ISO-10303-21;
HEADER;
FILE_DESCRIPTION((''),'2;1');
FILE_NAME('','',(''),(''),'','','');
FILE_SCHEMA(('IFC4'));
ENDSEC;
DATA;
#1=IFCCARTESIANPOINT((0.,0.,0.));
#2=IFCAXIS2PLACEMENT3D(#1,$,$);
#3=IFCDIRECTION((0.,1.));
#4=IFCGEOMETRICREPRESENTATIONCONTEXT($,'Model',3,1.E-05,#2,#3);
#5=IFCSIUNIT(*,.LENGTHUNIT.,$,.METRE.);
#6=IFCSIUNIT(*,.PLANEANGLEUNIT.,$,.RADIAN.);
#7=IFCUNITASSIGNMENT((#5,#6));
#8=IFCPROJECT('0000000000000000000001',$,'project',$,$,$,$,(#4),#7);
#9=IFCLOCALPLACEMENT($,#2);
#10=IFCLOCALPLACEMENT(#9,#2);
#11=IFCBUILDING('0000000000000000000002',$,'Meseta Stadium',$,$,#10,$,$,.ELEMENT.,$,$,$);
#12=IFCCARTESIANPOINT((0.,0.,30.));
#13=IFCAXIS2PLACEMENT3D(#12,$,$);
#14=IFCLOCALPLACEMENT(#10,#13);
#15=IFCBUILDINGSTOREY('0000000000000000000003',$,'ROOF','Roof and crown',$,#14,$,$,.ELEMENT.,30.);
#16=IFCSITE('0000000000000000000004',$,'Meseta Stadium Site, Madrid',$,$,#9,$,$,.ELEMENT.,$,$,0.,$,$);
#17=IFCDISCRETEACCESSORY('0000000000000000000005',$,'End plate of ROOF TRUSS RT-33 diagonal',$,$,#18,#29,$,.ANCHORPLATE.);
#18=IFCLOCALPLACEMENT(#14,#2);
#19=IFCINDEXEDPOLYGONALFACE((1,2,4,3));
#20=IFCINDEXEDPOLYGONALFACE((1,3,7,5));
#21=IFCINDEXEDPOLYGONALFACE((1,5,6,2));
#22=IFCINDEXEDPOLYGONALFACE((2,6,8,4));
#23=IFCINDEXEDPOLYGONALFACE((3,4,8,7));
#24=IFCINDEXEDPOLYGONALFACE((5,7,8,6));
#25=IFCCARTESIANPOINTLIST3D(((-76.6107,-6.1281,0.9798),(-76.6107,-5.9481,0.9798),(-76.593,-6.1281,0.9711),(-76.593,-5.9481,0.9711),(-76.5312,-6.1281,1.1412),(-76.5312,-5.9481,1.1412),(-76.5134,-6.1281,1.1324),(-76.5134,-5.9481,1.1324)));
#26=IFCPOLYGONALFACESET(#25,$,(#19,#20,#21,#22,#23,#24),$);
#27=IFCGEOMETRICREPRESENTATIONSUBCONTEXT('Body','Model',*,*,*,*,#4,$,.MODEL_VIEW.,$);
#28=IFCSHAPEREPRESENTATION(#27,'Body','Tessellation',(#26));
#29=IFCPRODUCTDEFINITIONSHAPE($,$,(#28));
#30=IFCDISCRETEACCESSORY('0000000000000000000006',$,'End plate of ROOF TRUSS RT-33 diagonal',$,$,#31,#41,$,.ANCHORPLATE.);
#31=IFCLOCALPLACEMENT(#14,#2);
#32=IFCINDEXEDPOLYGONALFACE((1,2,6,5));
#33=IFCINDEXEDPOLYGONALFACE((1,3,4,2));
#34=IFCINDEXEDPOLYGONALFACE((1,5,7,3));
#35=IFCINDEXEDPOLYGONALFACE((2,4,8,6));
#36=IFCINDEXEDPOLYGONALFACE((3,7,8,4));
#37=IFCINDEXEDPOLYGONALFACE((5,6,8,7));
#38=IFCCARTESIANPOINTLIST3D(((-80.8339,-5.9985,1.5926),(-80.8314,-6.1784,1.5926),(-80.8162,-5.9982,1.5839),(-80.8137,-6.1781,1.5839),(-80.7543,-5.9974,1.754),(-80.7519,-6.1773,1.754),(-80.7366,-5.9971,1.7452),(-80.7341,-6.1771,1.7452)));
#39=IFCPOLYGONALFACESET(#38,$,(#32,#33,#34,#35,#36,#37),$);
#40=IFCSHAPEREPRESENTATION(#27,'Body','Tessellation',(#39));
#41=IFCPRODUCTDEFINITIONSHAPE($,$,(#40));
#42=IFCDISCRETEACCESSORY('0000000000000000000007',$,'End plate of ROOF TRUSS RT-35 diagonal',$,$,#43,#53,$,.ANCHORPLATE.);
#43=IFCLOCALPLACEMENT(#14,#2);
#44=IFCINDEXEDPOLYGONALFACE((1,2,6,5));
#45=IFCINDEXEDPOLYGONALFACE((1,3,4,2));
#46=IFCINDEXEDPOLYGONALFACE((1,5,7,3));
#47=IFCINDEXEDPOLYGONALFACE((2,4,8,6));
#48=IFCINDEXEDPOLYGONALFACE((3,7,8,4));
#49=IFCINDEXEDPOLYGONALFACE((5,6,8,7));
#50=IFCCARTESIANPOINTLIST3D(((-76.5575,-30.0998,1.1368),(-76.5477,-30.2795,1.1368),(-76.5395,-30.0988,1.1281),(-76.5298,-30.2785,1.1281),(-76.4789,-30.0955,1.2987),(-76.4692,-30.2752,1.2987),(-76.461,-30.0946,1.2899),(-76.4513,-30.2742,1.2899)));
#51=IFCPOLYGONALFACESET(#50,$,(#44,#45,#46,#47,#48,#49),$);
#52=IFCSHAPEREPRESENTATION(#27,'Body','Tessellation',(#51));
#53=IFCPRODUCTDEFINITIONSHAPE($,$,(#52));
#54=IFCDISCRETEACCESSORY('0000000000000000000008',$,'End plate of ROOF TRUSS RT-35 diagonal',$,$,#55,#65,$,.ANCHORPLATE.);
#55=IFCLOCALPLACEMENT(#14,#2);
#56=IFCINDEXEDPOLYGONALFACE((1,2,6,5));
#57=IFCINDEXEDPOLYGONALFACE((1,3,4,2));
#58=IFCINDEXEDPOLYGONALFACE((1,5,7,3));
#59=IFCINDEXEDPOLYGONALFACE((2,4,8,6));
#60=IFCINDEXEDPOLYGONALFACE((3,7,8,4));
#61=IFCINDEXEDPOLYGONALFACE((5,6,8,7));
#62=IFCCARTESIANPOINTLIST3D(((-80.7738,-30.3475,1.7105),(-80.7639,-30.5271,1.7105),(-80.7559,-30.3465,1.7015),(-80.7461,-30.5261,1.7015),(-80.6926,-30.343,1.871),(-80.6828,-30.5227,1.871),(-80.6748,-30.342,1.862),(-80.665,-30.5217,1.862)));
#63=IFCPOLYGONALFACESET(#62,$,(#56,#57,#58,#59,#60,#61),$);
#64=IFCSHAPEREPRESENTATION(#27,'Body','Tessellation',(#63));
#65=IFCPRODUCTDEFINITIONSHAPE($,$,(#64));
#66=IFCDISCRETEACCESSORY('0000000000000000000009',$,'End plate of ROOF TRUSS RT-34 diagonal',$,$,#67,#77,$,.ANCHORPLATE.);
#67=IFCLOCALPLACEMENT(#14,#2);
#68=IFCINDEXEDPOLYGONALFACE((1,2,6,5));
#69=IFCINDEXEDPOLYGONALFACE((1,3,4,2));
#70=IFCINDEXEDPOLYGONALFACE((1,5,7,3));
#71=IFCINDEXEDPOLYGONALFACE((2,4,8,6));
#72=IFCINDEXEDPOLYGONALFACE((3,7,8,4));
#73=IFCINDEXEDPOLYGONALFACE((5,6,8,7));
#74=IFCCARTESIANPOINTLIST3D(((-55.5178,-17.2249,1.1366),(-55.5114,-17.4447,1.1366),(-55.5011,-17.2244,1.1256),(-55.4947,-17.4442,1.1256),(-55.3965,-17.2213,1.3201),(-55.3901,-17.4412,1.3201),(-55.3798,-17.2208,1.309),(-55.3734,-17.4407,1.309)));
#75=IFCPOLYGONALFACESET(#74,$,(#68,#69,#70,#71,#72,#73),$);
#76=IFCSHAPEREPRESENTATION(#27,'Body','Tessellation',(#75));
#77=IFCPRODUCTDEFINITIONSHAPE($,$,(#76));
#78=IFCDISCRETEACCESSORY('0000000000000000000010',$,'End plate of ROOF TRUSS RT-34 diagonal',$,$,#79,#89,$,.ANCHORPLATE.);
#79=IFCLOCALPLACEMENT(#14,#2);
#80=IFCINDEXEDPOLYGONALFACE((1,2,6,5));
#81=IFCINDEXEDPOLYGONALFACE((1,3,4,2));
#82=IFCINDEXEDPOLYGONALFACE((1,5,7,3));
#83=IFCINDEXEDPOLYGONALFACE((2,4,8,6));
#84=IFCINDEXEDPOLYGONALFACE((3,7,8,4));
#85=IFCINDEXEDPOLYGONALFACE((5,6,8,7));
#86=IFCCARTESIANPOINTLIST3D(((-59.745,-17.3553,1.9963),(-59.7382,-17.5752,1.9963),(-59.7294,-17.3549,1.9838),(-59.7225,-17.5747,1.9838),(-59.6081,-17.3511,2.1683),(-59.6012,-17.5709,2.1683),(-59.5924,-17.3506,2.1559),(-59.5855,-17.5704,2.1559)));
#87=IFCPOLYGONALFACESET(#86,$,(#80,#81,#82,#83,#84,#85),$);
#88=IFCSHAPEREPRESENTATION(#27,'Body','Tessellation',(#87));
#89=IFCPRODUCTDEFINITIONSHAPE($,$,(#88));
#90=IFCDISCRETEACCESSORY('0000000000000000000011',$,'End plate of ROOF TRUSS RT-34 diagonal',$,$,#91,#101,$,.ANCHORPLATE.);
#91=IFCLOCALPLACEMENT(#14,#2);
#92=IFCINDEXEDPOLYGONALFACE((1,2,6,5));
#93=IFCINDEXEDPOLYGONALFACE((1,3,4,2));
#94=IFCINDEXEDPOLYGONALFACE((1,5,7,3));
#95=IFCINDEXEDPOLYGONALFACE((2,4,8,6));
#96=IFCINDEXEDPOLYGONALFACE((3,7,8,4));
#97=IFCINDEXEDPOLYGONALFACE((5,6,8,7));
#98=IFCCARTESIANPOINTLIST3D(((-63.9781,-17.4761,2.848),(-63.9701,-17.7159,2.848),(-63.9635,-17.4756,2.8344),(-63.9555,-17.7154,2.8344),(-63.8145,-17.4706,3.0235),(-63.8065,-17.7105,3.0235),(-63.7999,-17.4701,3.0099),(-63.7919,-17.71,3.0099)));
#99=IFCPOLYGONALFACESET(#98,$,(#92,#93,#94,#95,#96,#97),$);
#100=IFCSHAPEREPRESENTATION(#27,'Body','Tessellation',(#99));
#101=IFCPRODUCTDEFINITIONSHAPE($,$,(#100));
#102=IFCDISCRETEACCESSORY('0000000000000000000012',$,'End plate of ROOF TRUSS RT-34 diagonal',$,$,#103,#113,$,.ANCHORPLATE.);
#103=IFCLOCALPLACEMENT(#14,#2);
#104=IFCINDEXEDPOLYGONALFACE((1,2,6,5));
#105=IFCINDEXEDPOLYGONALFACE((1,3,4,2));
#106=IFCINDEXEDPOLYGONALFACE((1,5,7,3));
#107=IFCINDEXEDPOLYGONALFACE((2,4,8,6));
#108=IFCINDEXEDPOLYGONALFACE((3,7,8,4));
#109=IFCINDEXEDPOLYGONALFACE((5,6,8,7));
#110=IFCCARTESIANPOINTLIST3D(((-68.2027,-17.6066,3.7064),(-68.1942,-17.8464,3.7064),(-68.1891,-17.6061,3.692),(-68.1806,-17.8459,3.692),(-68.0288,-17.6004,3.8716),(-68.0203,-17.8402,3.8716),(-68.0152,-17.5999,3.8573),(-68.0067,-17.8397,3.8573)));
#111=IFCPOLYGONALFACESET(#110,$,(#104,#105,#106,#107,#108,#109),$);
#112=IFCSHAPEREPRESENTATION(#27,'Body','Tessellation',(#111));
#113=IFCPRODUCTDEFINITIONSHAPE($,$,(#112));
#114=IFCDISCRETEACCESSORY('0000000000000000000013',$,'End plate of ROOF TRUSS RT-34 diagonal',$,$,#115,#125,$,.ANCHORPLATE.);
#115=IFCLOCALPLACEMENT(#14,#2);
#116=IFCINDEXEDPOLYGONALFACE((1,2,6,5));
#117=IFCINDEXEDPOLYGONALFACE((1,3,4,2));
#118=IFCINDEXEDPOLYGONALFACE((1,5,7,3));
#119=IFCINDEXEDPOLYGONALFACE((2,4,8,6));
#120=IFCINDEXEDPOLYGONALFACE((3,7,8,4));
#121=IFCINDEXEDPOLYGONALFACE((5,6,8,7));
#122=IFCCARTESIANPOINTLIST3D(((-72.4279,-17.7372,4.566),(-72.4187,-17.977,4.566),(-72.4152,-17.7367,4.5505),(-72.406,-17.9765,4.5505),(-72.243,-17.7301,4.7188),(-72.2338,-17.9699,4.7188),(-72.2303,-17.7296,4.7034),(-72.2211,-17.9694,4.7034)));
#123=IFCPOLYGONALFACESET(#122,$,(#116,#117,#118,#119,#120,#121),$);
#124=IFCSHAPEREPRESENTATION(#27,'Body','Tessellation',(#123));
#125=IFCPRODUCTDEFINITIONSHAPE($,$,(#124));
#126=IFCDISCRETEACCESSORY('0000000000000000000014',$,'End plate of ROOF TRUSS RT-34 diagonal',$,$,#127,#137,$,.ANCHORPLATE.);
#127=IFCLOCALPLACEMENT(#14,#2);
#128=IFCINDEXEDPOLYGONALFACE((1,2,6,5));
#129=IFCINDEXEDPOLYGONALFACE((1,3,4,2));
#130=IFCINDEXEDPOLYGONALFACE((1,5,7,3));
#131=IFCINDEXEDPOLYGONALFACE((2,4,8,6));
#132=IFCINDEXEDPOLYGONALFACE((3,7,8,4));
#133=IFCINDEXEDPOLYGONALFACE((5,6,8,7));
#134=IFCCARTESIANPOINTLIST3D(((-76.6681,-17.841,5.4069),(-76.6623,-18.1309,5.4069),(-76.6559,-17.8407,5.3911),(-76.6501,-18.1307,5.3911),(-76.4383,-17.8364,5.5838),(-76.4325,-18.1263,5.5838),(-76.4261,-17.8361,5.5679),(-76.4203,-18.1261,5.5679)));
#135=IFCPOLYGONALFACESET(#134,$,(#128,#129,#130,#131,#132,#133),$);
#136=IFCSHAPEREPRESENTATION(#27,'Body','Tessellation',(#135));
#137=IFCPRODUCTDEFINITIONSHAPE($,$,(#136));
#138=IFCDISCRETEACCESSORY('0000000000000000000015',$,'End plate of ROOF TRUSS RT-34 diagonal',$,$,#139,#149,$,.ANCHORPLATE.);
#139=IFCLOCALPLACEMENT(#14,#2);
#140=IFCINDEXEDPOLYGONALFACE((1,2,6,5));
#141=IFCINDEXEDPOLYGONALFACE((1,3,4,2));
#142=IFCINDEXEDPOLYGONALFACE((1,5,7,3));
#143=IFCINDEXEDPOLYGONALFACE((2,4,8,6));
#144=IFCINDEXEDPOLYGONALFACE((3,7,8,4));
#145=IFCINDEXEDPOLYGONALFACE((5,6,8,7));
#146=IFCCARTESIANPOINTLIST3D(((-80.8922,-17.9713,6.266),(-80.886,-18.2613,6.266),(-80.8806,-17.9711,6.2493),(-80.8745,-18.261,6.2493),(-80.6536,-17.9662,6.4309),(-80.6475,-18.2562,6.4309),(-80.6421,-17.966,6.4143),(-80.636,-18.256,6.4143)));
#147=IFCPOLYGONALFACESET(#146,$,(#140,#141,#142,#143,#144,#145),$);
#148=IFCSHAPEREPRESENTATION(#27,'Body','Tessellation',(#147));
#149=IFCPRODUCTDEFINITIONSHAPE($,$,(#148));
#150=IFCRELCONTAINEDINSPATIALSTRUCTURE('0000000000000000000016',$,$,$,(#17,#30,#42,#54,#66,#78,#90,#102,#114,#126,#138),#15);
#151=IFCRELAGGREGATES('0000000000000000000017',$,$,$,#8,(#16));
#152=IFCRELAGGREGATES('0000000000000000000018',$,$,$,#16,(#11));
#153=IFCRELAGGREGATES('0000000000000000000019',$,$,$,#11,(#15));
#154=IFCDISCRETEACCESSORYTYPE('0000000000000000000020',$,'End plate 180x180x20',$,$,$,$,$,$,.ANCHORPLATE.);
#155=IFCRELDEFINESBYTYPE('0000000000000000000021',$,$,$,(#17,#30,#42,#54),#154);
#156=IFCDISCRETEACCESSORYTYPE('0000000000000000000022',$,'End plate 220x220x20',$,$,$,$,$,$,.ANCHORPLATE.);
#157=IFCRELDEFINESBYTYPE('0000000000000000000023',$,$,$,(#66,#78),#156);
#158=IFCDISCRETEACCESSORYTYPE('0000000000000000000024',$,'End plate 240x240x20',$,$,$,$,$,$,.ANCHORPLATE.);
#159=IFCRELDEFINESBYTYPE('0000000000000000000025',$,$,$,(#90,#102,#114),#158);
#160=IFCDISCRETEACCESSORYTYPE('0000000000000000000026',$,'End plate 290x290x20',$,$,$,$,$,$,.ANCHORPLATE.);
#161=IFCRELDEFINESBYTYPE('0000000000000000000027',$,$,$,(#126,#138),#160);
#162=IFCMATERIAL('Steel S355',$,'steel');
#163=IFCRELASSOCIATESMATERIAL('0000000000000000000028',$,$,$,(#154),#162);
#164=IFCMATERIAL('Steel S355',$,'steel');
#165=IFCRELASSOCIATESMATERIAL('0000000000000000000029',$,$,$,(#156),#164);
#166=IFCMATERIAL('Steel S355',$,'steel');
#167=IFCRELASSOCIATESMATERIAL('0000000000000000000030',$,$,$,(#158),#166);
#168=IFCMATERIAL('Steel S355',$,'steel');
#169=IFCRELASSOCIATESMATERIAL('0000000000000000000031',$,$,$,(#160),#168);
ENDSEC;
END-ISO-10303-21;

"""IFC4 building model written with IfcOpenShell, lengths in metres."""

from ifc_helpers import new_model, si_unit, direction, frame, origin, origin_2d, place, context, subcontext, project, spatial, rectangle, extrude, material, material_profile, profile_set, type_object, element, save


model = new_model("IFC4")

# Units and contexts
model_context = context("Model", 3, precision=1e-05, world=origin(), true_north=direction((0.0, 1.0)))
body_context = subcontext(model_context, "Body", "Model", "MODEL_VIEW")
ifc_project = project(units=[si_unit("LENGTHUNIT", "METRE"), si_unit("PLANEANGLEUNIT", "RADIAN")], contexts=[model_context])

# Site, building, storey
site_placement = place(None, origin())
site = spatial("IfcSite", under=ifc_project, at=site_placement, Name="Meseta Stadium Site, Madrid", CompositionType="ELEMENT", RefElevation=0.0)
building_placement = place(site_placement, origin())
building = spatial("IfcBuilding", under=site, at=building_placement, Name="Meseta Stadium", CompositionType="ELEMENT")
storey_placement = place(building_placement, frame((0.0, 0.0, 30.0)))
storey = spatial("IfcBuildingStorey", under=building, at=storey_placement, Name="ROOF", Description="Roof and crown", CompositionType="ELEMENT", Elevation=30.0)

# Discrete accessories
ifc_material_1 = material(Name="Steel S355", Category="steel")
ifc_material_profile_1 = material_profile(ifc_material_1, rectangle(XDim=0.1799, YDim=0.1799, at=origin_2d()), Name="PL 180x180")
ifc_profile_set_1 = profile_set([ifc_material_profile_1], Name="Steel S355")
discrete_accessory_type_1 = type_object("IfcDiscreteAccessoryType", Name="End plate 180x180x20", PredefinedType="ANCHORPLATE", material=ifc_profile_set_1)
for number, where, z_axis, x_axis, name in (
    (1, (-76.5532, -6.0381, 1.0518), (-0.896871, 0.0, 0.442292), (0.0, -1.0, 0.0), "End plate of ROOF TRUSS RT-33 diagonal"),
    (2, (-80.7751, -6.0876, 1.6646), (-0.896803, -0.012285, 0.442259), (0.013697, -0.999906, 0.0), "End plate of ROOF TRUSS RT-33 diagonal"),
):
    element("IfcDiscreteAccessory", number, at=place(storey_placement, frame(where, z_axis=z_axis, x_axis=x_axis)), inside=storey, type_object=discrete_accessory_type_1, Name=name, PredefinedType="ANCHORPLATE", context=body_context, shape_type="SweptSolid", body=[
        extrude(rectangle(XDim=0.1799, YDim=0.1799, at=origin_2d()), origin(), (0.0, 0.0, 1.0), 0.0198),
    ])
for number, where, z_axis, x_axis, name in (
    (3, (-76.4954, -30.1865, 1.209), (-0.898175, -0.04855, 0.43695), (0.053975, -0.998542, 0.0), "End plate of ROOF TRUSS RT-35 diagonal"),
    (4, (-80.7104, -30.4341, 1.7817), (-0.890907, -0.048817, 0.451555), (0.054712, -0.998502, 0.0), "End plate of ROOF TRUSS RT-35 diagonal"),
):
    element("IfcDiscreteAccessory", number, at=place(storey_placement, frame(where, z_axis=z_axis, x_axis=x_axis)), inside=storey, type_object=discrete_accessory_type_1, Name=name, PredefinedType="ANCHORPLATE", context=body_context, shape_type="SweptSolid", body=[
        extrude(rectangle(XDim=0.1799, YDim=0.1799, at=origin_2d()), origin(), (0.0, 0.0, 1.0), 0.02),
    ])
ifc_material_2 = material(Name="Steel S355", Category="steel")
ifc_material_profile_2 = material_profile(ifc_material_2, rectangle(XDim=0.22, YDim=0.22, at=origin_2d()), Name="PL 220x220")
ifc_profile_set_2 = profile_set([ifc_material_profile_2], Name="Steel S355")
discrete_accessory_type_2 = type_object("IfcDiscreteAccessoryType", Name="End plate 220x220x20", PredefinedType="ANCHORPLATE", material=ifc_profile_set_2)
for number, where, z_axis, x_axis, name in (
    (5, (-55.4373, -17.3325, 1.2173), (-0.833681, -0.02452, 0.551701), (0.029399, -0.999568, 0.0), "End plate of ROOF TRUSS RT-34 diagonal"),
    (6, (-59.6575, -17.4626, 2.0698), (-0.781826, -0.024432, 0.623018), (0.031235, -0.999512, 0.0), "End plate of ROOF TRUSS RT-34 diagonal"),
):
    element("IfcDiscreteAccessory", number, at=place(storey_placement, frame(where, z_axis=z_axis, x_axis=x_axis)), inside=storey, type_object=discrete_accessory_type_2, Name=name, PredefinedType="ANCHORPLATE", context=body_context, shape_type="SweptSolid", body=[
        extrude(rectangle(XDim=0.22, YDim=0.22, at=origin_2d()), origin(), (0.0, 0.0, 1.0), 0.02),
    ])
ifc_material_3 = material(Name="Steel S355", Category="steel")
ifc_material_profile_3 = material_profile(ifc_material_3, rectangle(XDim=0.24, YDim=0.24, at=origin_2d()), Name="PL 240x240")
ifc_profile_set_3 = profile_set([ifc_material_profile_3], Name="Steel S355")
discrete_accessory_type_3 = type_object("IfcDiscreteAccessoryType", Name="End plate 240x240x20", PredefinedType="ANCHORPLATE", material=ifc_profile_set_3)
discrete_accessory_1_placement = place(storey_placement, frame((-63.8777, -17.5928, 2.9221), z_axis=(-0.730838, -0.024361, 0.682116), x_axis=(0.033315, -0.999445, 0.0)))
element("IfcDiscreteAccessory", 7, at=discrete_accessory_1_placement, inside=storey, type_object=discrete_accessory_type_3, Name="End plate of ROOF TRUSS RT-34 diagonal", PredefinedType="ANCHORPLATE", context=body_context, shape_type="SweptSolid", body=[
    extrude(rectangle(XDim=0.24, YDim=0.24, at=origin_2d()), origin(), (0.0, 0.0, 1.0), 0.02),
])
discrete_accessory_2_placement = place(storey_placement, frame((-68.0979, -17.7229, 3.7747), z_axis=(-0.688218, -0.024579, 0.725087), x_axis=(0.035692, -0.999363, 0.0)))
element("IfcDiscreteAccessory", 8, at=discrete_accessory_2_placement, inside=storey, type_object=discrete_accessory_type_3, Name="End plate of ROOF TRUSS RT-34 diagonal", PredefinedType="ANCHORPLATE", context=body_context, shape_type="SweptSolid", body=[
    extrude(rectangle(XDim=0.24, YDim=0.24, at=origin_2d()), origin(), (0.0, 0.0, 1.0), 0.0198),
])
discrete_accessory_3_placement = place(storey_placement, frame((-72.3181, -17.853, 4.627), z_axis=(-0.636374, -0.024476, 0.770992), x_axis=(0.038433, -0.999261, 0.0)))
element("IfcDiscreteAccessory", 9, at=discrete_accessory_3_placement, inside=storey, type_object=discrete_accessory_type_3, Name="End plate of ROOF TRUSS RT-34 diagonal", PredefinedType="ANCHORPLATE", context=body_context, shape_type="SweptSolid", body=[
    extrude(rectangle(XDim=0.24, YDim=0.24, at=origin_2d()), origin(), (0.0, 0.0, 1.0), 0.02),
])
ifc_material_4 = material(Name="Steel S355", Category="steel")
ifc_material_profile_4 = material_profile(ifc_material_4, rectangle(XDim=0.29, YDim=0.29, at=origin_2d()), Name="PL 290x290")
ifc_profile_set_4 = profile_set([ifc_material_profile_4], Name="Steel S355")
discrete_accessory_type_4 = type_object("IfcDiscreteAccessoryType", Name="End plate 290x290x20", PredefinedType="ANCHORPLATE", material=ifc_profile_set_4)
discrete_accessory_4_placement = place(storey_placement, frame((-76.5381, -17.9834, 5.4795), z_axis=(-0.609665, -0.012193, 0.792565), x_axis=(0.019996, -0.9998, 0.0)))
element("IfcDiscreteAccessory", 10, at=discrete_accessory_4_placement, inside=storey, type_object=discrete_accessory_type_4, Name="End plate of ROOF TRUSS RT-34 diagonal", PredefinedType="ANCHORPLATE", context=body_context, shape_type="SweptSolid", body=[
    extrude(rectangle(XDim=0.29, YDim=0.29, at=origin_2d()), origin(), (0.0, 0.0, 1.0), 0.02),
])
discrete_accessory_5_placement = place(storey_placement, frame((-80.7583, -18.1135, 6.3318), z_axis=(-0.568539, -0.012097, 0.822567), x_axis=(0.021272, -0.999774, 0.0)))
element("IfcDiscreteAccessory", 11, at=discrete_accessory_5_placement, inside=storey, type_object=discrete_accessory_type_4, Name="End plate of ROOF TRUSS RT-34 diagonal", PredefinedType="ANCHORPLATE", context=body_context, shape_type="SweptSolid", body=[
    extrude(rectangle(XDim=0.29, YDim=0.29, at=origin_2d()), origin(), (0.0, 0.0, 1.0), 0.0203),
])

save(model, "model.ifc")
